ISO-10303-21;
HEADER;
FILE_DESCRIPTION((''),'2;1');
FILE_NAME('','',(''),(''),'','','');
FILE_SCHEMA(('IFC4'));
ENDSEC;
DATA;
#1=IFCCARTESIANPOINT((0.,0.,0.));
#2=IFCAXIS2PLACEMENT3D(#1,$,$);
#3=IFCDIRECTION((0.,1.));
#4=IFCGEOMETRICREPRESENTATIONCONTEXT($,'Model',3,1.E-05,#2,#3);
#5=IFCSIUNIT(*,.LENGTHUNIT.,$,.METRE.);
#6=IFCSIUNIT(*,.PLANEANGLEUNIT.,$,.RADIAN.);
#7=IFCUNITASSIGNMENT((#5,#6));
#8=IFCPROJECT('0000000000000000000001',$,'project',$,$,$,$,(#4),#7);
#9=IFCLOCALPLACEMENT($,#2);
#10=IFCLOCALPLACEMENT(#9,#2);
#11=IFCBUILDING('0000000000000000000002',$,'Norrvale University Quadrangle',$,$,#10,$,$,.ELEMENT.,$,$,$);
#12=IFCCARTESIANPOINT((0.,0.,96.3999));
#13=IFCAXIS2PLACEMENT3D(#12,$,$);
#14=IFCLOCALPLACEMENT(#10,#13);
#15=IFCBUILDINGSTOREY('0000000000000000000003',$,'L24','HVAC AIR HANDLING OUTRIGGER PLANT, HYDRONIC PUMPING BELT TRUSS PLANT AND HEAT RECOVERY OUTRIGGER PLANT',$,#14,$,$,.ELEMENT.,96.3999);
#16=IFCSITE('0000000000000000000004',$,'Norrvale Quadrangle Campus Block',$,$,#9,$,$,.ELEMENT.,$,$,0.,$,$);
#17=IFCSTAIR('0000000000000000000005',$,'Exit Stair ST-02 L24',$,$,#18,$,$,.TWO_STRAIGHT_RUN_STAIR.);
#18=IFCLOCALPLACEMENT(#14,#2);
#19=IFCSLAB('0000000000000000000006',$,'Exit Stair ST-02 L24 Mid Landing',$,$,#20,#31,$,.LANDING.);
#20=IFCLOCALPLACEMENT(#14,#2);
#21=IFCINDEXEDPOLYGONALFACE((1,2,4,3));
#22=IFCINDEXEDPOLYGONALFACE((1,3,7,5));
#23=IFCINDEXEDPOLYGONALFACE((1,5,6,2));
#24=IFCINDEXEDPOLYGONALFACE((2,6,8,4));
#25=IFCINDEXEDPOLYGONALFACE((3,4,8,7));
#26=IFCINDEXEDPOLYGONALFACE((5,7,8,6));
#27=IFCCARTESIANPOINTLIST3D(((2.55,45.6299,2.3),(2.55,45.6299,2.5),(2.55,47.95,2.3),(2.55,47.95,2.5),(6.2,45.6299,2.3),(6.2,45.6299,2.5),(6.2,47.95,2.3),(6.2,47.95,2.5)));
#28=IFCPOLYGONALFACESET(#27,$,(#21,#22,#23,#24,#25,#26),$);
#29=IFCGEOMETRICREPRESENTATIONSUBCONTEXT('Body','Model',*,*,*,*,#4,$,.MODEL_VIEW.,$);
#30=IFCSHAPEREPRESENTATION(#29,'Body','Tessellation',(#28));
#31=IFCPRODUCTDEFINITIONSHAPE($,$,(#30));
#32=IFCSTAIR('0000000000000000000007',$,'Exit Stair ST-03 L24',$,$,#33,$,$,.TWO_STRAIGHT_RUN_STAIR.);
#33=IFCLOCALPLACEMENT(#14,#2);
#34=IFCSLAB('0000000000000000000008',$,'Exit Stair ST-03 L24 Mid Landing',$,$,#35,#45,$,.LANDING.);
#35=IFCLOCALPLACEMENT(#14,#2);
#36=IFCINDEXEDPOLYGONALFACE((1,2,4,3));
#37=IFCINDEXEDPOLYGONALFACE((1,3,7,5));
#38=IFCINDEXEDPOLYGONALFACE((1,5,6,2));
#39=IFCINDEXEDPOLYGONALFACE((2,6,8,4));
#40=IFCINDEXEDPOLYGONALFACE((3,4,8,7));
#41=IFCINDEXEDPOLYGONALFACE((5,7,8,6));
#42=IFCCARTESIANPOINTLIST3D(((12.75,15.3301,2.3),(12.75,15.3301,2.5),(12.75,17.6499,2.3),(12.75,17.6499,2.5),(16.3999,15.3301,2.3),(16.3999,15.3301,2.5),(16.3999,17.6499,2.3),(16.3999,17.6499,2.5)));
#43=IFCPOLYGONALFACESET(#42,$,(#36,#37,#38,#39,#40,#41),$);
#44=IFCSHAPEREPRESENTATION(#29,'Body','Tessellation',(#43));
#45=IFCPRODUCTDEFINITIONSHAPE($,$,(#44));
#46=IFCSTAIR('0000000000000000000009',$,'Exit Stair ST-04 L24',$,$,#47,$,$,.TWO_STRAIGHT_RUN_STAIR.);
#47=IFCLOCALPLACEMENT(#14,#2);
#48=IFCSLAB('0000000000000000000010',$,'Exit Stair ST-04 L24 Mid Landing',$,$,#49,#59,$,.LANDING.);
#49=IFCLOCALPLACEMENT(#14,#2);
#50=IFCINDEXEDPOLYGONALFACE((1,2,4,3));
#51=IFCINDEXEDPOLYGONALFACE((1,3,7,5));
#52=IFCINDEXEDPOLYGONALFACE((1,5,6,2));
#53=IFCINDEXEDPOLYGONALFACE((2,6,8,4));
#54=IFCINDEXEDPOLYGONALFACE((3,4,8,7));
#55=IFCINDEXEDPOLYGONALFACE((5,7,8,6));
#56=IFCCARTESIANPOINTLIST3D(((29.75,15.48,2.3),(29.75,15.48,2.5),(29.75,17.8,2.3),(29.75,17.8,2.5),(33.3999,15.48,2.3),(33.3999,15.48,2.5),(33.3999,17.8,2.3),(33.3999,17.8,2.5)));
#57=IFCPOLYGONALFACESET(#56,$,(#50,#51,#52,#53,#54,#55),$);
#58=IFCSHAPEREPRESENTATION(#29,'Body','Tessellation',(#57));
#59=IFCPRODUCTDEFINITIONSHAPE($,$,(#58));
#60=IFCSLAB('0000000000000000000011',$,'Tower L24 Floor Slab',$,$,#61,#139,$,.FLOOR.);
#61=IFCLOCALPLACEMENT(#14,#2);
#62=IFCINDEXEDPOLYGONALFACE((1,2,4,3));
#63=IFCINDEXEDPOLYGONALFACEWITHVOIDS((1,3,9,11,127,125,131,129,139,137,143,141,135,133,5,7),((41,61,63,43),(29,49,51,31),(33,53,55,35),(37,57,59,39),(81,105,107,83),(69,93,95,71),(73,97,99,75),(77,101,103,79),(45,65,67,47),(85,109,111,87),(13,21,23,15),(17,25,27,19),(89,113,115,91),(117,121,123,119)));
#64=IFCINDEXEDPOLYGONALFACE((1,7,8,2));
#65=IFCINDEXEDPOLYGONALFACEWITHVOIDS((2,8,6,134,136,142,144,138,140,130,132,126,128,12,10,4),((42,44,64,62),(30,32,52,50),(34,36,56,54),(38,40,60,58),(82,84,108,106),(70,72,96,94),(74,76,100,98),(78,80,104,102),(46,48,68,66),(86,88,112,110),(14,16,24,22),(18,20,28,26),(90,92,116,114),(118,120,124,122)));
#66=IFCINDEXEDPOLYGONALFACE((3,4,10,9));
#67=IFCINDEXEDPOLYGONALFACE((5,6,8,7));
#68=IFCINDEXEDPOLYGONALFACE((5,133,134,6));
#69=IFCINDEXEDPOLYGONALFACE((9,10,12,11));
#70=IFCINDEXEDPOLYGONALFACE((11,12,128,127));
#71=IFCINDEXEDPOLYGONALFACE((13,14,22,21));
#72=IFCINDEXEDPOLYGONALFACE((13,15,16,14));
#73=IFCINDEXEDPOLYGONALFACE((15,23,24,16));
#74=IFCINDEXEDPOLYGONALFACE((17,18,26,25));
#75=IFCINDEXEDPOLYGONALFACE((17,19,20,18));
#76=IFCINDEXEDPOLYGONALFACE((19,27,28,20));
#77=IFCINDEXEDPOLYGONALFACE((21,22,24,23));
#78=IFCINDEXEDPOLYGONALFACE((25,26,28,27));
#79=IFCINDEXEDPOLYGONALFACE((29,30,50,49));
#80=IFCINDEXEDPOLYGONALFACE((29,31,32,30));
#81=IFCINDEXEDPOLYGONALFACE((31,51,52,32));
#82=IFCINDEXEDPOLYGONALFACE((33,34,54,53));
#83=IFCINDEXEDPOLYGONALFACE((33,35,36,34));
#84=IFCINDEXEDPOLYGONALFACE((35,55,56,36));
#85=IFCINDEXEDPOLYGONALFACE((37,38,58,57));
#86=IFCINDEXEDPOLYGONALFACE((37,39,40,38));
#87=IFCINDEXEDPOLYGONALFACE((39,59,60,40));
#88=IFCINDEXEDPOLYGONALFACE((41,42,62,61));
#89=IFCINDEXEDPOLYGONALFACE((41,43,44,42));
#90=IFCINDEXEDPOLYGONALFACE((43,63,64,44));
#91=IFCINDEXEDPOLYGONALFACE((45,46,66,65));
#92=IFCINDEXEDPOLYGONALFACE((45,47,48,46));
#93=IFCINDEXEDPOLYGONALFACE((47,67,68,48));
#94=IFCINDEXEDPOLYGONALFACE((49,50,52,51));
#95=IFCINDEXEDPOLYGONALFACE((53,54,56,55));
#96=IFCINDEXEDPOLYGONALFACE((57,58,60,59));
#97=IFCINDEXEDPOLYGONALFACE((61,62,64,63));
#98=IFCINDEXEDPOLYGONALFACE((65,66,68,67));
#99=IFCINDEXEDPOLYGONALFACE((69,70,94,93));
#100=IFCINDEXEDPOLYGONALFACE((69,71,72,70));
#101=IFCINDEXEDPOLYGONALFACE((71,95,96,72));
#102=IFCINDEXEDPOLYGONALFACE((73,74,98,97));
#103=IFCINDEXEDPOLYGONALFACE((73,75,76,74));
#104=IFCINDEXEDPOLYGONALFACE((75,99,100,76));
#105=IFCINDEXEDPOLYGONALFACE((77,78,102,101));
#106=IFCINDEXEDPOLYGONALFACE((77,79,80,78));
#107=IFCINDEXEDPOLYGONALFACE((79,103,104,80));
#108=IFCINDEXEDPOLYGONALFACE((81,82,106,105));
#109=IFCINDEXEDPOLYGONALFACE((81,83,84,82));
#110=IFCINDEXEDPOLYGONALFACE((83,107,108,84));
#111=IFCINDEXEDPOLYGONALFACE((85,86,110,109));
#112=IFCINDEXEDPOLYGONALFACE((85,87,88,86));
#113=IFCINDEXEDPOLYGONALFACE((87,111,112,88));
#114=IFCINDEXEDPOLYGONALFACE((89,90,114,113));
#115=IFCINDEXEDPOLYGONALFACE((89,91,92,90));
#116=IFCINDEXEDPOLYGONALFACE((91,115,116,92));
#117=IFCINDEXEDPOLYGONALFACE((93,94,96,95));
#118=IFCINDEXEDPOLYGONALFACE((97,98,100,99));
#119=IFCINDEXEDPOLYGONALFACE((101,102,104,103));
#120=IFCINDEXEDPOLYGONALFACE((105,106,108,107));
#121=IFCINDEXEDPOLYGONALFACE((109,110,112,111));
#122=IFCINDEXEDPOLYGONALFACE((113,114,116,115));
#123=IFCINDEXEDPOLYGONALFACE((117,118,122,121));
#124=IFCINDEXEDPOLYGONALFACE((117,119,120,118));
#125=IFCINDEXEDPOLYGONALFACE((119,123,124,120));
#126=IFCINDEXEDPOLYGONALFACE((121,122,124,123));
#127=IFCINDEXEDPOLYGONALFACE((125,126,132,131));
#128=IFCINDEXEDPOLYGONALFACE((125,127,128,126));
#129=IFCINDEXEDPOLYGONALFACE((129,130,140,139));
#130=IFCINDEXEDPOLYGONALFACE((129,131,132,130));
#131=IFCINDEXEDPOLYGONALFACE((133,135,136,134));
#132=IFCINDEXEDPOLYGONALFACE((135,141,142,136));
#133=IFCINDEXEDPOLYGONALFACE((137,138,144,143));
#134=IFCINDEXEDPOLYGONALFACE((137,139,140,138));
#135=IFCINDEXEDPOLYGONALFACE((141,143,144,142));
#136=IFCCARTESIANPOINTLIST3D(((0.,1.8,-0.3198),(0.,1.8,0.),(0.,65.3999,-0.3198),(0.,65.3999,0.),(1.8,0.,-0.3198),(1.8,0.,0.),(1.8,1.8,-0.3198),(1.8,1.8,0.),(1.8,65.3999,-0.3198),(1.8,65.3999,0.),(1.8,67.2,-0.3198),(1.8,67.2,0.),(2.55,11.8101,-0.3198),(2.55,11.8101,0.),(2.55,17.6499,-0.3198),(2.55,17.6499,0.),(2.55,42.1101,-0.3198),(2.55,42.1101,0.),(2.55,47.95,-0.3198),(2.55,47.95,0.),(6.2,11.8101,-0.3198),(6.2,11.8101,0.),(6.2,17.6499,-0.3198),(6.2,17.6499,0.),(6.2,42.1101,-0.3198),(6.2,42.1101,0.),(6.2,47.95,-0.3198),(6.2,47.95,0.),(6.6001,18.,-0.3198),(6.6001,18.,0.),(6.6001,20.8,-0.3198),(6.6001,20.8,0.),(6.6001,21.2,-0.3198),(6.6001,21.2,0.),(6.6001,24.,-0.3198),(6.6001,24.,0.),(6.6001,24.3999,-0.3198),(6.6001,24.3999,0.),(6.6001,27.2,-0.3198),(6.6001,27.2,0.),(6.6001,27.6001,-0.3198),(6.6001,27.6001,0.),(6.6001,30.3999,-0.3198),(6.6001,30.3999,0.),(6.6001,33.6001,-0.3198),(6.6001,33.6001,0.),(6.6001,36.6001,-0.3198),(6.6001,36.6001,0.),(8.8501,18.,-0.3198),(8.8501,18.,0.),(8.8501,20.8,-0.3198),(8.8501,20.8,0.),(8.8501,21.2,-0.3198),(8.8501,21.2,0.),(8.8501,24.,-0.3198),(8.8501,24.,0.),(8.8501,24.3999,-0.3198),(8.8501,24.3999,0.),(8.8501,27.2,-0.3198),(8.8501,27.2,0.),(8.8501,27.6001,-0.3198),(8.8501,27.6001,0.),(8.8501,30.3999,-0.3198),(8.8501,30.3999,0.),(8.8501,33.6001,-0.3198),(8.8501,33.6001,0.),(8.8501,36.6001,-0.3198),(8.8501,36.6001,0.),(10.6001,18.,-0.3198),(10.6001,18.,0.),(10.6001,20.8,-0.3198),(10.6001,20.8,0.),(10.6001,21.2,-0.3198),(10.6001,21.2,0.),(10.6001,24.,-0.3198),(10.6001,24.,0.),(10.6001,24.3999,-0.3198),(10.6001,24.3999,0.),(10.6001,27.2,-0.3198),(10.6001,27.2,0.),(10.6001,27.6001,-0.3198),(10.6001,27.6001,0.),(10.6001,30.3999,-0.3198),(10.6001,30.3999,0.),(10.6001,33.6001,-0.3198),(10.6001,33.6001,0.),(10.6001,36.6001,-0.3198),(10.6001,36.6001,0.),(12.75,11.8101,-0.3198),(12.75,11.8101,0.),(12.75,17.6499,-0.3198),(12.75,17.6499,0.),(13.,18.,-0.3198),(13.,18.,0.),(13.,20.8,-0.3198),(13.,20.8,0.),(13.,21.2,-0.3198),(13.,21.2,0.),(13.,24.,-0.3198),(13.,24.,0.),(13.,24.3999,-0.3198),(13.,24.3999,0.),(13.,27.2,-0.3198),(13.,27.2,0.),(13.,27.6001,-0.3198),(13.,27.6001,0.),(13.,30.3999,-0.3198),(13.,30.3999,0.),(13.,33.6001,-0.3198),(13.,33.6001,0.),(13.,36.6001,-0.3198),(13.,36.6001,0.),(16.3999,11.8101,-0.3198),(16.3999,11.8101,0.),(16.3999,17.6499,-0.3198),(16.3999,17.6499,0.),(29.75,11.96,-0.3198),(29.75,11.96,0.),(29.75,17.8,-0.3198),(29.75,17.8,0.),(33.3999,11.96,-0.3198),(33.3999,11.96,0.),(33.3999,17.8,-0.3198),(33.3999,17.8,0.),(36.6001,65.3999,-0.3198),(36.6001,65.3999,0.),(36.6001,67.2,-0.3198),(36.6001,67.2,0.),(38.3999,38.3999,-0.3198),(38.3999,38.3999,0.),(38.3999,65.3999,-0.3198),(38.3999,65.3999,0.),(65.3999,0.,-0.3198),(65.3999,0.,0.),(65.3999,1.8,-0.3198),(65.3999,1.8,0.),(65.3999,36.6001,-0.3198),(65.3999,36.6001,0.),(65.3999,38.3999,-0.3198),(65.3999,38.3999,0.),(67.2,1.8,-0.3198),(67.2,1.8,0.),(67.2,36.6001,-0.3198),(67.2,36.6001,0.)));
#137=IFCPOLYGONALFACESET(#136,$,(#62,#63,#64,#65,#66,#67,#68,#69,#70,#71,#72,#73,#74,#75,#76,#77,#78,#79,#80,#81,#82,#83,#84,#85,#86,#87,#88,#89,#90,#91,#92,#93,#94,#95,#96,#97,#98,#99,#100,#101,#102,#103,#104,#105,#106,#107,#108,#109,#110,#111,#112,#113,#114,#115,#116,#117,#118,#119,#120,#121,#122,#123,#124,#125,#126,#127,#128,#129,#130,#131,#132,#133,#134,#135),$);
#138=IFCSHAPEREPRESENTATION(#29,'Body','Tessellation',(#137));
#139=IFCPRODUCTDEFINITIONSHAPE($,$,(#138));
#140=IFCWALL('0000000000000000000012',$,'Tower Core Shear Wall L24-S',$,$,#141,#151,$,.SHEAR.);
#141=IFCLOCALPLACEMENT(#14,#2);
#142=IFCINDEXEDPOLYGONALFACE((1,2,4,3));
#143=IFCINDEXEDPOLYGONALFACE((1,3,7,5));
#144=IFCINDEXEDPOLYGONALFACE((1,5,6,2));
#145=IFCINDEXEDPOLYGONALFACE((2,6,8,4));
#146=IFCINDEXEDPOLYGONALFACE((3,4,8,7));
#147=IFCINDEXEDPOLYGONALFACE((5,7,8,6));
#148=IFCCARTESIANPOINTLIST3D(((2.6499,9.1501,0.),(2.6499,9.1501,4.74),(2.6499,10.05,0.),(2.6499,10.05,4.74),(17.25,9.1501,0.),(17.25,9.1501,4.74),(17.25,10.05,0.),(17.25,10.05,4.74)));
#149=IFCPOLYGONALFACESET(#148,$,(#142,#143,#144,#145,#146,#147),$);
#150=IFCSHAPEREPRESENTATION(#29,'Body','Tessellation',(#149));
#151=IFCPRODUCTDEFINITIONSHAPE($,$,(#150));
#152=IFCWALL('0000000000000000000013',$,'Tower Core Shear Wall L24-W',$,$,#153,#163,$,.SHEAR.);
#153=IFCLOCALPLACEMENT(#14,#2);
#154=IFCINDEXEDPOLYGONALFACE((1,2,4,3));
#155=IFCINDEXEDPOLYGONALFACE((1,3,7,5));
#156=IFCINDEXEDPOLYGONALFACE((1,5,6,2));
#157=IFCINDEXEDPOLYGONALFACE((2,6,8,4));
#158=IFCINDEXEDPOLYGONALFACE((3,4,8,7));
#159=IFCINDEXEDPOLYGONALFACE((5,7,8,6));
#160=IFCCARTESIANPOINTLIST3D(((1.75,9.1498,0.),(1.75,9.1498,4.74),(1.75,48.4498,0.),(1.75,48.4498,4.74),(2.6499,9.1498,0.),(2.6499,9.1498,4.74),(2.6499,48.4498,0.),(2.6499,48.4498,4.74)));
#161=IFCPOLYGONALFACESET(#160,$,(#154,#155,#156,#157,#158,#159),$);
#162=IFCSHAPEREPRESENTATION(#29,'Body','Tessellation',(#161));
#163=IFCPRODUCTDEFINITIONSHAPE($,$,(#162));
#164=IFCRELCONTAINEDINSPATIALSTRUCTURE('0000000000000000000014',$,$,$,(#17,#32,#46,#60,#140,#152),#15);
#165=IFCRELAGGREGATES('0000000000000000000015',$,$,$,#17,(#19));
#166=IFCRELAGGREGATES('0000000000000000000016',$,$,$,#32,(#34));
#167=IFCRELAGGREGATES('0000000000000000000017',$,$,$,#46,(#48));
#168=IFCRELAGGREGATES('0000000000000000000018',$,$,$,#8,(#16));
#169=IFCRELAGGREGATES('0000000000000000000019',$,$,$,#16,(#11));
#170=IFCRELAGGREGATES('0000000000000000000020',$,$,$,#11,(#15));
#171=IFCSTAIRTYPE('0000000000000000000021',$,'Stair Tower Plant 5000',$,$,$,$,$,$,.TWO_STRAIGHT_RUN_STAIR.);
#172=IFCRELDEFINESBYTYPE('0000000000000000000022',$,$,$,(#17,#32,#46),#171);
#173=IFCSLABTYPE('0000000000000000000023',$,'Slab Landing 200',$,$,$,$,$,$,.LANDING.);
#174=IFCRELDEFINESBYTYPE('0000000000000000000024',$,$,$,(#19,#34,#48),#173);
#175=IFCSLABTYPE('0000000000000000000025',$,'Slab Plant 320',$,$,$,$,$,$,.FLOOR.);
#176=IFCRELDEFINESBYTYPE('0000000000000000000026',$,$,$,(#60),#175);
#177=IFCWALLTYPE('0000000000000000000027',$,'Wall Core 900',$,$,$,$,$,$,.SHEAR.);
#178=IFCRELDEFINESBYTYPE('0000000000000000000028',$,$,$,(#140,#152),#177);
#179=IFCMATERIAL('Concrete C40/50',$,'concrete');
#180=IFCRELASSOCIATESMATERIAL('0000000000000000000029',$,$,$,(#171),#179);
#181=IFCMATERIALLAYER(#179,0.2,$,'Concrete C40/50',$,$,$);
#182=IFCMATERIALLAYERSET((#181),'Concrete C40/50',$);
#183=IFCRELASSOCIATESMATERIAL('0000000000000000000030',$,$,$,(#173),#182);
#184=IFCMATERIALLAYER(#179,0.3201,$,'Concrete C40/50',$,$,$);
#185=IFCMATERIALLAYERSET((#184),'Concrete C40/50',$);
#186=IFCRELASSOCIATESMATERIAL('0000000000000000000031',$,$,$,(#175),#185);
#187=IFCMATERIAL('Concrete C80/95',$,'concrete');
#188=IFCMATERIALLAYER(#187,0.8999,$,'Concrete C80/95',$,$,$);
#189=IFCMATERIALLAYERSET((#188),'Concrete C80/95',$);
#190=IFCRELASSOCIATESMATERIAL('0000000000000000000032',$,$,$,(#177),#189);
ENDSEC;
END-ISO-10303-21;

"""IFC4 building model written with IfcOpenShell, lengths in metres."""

from ifc_helpers import new_model, si_unit, direction, frame, frame_2d, origin, place, context, subcontext, project, spatial, polyline, rectangle, outline, extrude, material, layer, layer_set, type_object, element, aggregate, save


model = new_model("IFC4")

# Units and contexts
model_context = context("Model", 3, precision=1e-05, world=origin(), true_north=direction((0.0, 1.0)))
body_context = subcontext(model_context, "Body", "Model", "MODEL_VIEW")
ifc_project = project(units=[si_unit("LENGTHUNIT", "METRE"), si_unit("PLANEANGLEUNIT", "RADIAN")], contexts=[model_context])

# Site, building, storey
site_placement = place(None, origin())
site = spatial("IfcSite", under=ifc_project, at=site_placement, Name="Norrvale Quadrangle Campus Block", CompositionType="ELEMENT", RefElevation=0.0)
building_placement = place(site_placement, origin())
building = spatial("IfcBuilding", under=site, at=building_placement, Name="Norrvale University Quadrangle", CompositionType="ELEMENT")
storey_placement = place(building_placement, frame((0.0, 0.0, 96.3999)))
storey = spatial("IfcBuildingStorey", under=building, at=storey_placement, Name="L24", Description="HVAC AIR HANDLING OUTRIGGER PLANT, HYDRONIC PUMPING BELT TRUSS PLANT AND HEAT RECOVERY OUTRIGGER PLANT", CompositionType="ELEMENT", Elevation=96.3999)

# Shared definitions
ifc_material_1 = material(Name="Concrete C80/95", Category="concrete")

# Stairs, slabs
ifc_material_2 = material(Name="Concrete C40/50", Category="concrete")
stair_type = type_object("IfcStairType", Name="Stair Tower Plant 5000", PredefinedType="TWO_STRAIGHT_RUN_STAIR", material=ifc_material_2)
ifc_layer_1 = layer(ifc_material_2, 0.2, Name="Concrete C40/50")
ifc_layer_set_1 = layer_set([ifc_layer_1], Name="Concrete C40/50")
slab_type_1 = type_object("IfcSlabType", Name="Slab Landing 200", PredefinedType="LANDING", material=ifc_layer_set_1)
stair_1_placement = place(storey_placement, origin())
stair_1 = element("IfcStair", 1, at=stair_1_placement, inside=storey, type_object=stair_type, Name="Exit Stair ST-02 L24", PredefinedType="TWO_STRAIGHT_RUN_STAIR")
slab_1_placement = place(storey_placement, frame((0.0, 0.0, 2.3)))
slab_1 = element("IfcSlab", 2, at=slab_1_placement, type_object=slab_type_1, Name="Exit Stair ST-02 L24 Mid Landing", PredefinedType="LANDING", context=body_context, shape_type="SweptSolid", body=[
    extrude(outline(polyline([(2.55, 45.6299), (6.2, 45.6299), (6.2, 47.95), (2.55, 47.95), (2.55, 45.6299)])), origin(), (0.0, 0.0, 1.0), 0.2),
])
aggregate(stair_1, [slab_1])
stair_2_placement = place(storey_placement, origin())
stair_2 = element("IfcStair", 3, at=stair_2_placement, inside=storey, type_object=stair_type, Name="Exit Stair ST-03 L24", PredefinedType="TWO_STRAIGHT_RUN_STAIR")
slab_2_placement = place(storey_placement, frame((0.0, 0.0, 2.3)))
slab_2 = element("IfcSlab", 4, at=slab_2_placement, type_object=slab_type_1, Name="Exit Stair ST-03 L24 Mid Landing", PredefinedType="LANDING", context=body_context, shape_type="SweptSolid", body=[
    extrude(outline(polyline([(12.75, 15.3301), (16.3999, 15.3301), (16.3999, 17.6499), (12.75, 17.6499), (12.75, 15.3301)])), origin(), (0.0, 0.0, 1.0), 0.2),
])
aggregate(stair_2, [slab_2])
stair_3_placement = place(storey_placement, origin())
stair_3 = element("IfcStair", 5, at=stair_3_placement, inside=storey, type_object=stair_type, Name="Exit Stair ST-04 L24", PredefinedType="TWO_STRAIGHT_RUN_STAIR")
slab_3_placement = place(storey_placement, frame((0.0, 0.0, 2.3)))
slab_3 = element("IfcSlab", 6, at=slab_3_placement, type_object=slab_type_1, Name="Exit Stair ST-04 L24 Mid Landing", PredefinedType="LANDING", context=body_context, shape_type="SweptSolid", body=[
    extrude(outline(polyline([(29.75, 15.48), (33.3999, 15.48), (33.3999, 17.8), (29.75, 17.8), (29.75, 15.48)])), origin(), (0.0, 0.0, 1.0), 0.2),
])
aggregate(stair_3, [slab_3])

# Slab
ifc_layer_2 = layer(ifc_material_2, 0.3201, Name="Concrete C40/50")
ifc_layer_set_2 = layer_set([ifc_layer_2], Name="Concrete C40/50")
slab_type_2 = type_object("IfcSlabType", Name="Slab Plant 320", PredefinedType="FLOOR", material=ifc_layer_set_2)
slab_4_placement = place(storey_placement, frame((0.0, 0.0, -0.3198)))
element("IfcSlab", 7, at=slab_4_placement, inside=storey, type_object=slab_type_2, Name="Tower L24 Floor Slab", PredefinedType="FLOOR", context=body_context, shape_type="SweptSolid", body=[
    extrude(outline(polyline([(1.8, 0.0), (65.3999, 0.0), (65.3999, 1.8), (67.2, 1.8), (67.2, 36.6001), (65.3999, 36.6001), (65.3999, 38.3999), (38.3999, 38.3999), (38.3999, 65.3999), (36.6001, 65.3999), (36.6001, 67.2), (1.8, 67.2), (1.8, 65.3999), (0.0, 65.3999), (0.0, 1.8), (1.8, 1.8), (1.8, 0.0)]), holes=[polyline([(2.55, 11.8101), (6.2, 11.8101), (6.2, 17.6499), (2.55, 17.6499), (2.55, 11.8101)]), polyline([(2.55, 42.1101), (6.2, 42.1101), (6.2, 47.95), (2.55, 47.95), (2.55, 42.1101)]), polyline([(12.75, 11.8101), (16.3999, 11.8101), (16.3999, 17.6499), (12.75, 17.6499), (12.75, 11.8101)]), polyline([(29.75, 11.96), (33.3999, 11.96), (33.3999, 17.8), (29.75, 17.8), (29.75, 11.96)]), polyline([(6.6001, 18.0), (8.8501, 18.0), (8.8501, 20.8), (6.6001, 20.8), (6.6001, 18.0)]), polyline([(6.6001, 21.2), (8.8501, 21.2), (8.8501, 24.0), (6.6001, 24.0), (6.6001, 21.2)]), polyline([(6.6001, 24.3999), (8.8501, 24.3999), (8.8501, 27.2), (6.6001, 27.2), (6.6001, 24.3999)]), polyline([(6.6001, 27.6001), (8.8501, 27.6001), (8.8501, 30.3999), (6.6001, 30.3999), (6.6001, 27.6001)]), polyline([(10.6001, 18.0), (13.0, 18.0), (13.0, 20.8), (10.6001, 20.8), (10.6001, 18.0)]), polyline([(10.6001, 21.2), (13.0, 21.2), (13.0, 24.0), (10.6001, 24.0), (10.6001, 21.2)]), polyline([(10.6001, 24.3999), (13.0, 24.3999), (13.0, 27.2), (10.6001, 27.2), (10.6001, 24.3999)]), polyline([(10.6001, 27.6001), (13.0, 27.6001), (13.0, 30.3999), (10.6001, 30.3999), (10.6001, 27.6001)]), polyline([(6.6001, 33.6001), (8.8501, 33.6001), (8.8501, 36.6001), (6.6001, 36.6001), (6.6001, 33.6001)]), polyline([(10.6001, 33.6001), (13.0, 33.6001), (13.0, 36.6001), (10.6001, 36.6001), (10.6001, 33.6001)])]), origin(), (0.0, 0.0, 1.0), 0.3198),
])

# Walls
ifc_layer_3 = layer(ifc_material_1, 0.8999, Name="Concrete C80/95")
ifc_layer_set_3 = layer_set([ifc_layer_3], Name="Concrete C80/95")
wall_type_1 = type_object("IfcWallType", Name="Wall Core 900", PredefinedType="SHEAR", material=ifc_layer_set_3)
wall_1_placement = place(storey_placement, frame((2.6499, 9.6001, 0.0), z_axis=(0.0, 0.0, 1.0), x_axis=(1.0, 0.0, 0.0)))
element("IfcWall", 8, at=wall_1_placement, inside=storey, type_object=wall_type_1, Name="Tower Core Shear Wall L24-S", PredefinedType="SHEAR", context=body_context, shape_type="SweptSolid", body=[
    extrude(rectangle(XDim=14.6001, YDim=0.8999, at=frame_2d((7.3, 0.0))), origin(), (0.0, 0.0, 1.0), 4.74),
])
wall_2_placement = place(storey_placement, frame((2.2, 9.1499, 0.0), z_axis=(0.0, 0.0, 1.0), x_axis=(0.0, 1.0, 0.0)))
element("IfcWall", 9, at=wall_2_placement, inside=storey, type_object=wall_type_1, Name="Tower Core Shear Wall L24-W", PredefinedType="SHEAR", context=body_context, shape_type="SweptSolid", body=[
    extrude(rectangle(XDim=39.3, YDim=0.8999, at=frame_2d((19.6499, 0.0))), origin(), (0.0, 0.0, 1.0), 4.74),
])

save(model, "model.ifc")
